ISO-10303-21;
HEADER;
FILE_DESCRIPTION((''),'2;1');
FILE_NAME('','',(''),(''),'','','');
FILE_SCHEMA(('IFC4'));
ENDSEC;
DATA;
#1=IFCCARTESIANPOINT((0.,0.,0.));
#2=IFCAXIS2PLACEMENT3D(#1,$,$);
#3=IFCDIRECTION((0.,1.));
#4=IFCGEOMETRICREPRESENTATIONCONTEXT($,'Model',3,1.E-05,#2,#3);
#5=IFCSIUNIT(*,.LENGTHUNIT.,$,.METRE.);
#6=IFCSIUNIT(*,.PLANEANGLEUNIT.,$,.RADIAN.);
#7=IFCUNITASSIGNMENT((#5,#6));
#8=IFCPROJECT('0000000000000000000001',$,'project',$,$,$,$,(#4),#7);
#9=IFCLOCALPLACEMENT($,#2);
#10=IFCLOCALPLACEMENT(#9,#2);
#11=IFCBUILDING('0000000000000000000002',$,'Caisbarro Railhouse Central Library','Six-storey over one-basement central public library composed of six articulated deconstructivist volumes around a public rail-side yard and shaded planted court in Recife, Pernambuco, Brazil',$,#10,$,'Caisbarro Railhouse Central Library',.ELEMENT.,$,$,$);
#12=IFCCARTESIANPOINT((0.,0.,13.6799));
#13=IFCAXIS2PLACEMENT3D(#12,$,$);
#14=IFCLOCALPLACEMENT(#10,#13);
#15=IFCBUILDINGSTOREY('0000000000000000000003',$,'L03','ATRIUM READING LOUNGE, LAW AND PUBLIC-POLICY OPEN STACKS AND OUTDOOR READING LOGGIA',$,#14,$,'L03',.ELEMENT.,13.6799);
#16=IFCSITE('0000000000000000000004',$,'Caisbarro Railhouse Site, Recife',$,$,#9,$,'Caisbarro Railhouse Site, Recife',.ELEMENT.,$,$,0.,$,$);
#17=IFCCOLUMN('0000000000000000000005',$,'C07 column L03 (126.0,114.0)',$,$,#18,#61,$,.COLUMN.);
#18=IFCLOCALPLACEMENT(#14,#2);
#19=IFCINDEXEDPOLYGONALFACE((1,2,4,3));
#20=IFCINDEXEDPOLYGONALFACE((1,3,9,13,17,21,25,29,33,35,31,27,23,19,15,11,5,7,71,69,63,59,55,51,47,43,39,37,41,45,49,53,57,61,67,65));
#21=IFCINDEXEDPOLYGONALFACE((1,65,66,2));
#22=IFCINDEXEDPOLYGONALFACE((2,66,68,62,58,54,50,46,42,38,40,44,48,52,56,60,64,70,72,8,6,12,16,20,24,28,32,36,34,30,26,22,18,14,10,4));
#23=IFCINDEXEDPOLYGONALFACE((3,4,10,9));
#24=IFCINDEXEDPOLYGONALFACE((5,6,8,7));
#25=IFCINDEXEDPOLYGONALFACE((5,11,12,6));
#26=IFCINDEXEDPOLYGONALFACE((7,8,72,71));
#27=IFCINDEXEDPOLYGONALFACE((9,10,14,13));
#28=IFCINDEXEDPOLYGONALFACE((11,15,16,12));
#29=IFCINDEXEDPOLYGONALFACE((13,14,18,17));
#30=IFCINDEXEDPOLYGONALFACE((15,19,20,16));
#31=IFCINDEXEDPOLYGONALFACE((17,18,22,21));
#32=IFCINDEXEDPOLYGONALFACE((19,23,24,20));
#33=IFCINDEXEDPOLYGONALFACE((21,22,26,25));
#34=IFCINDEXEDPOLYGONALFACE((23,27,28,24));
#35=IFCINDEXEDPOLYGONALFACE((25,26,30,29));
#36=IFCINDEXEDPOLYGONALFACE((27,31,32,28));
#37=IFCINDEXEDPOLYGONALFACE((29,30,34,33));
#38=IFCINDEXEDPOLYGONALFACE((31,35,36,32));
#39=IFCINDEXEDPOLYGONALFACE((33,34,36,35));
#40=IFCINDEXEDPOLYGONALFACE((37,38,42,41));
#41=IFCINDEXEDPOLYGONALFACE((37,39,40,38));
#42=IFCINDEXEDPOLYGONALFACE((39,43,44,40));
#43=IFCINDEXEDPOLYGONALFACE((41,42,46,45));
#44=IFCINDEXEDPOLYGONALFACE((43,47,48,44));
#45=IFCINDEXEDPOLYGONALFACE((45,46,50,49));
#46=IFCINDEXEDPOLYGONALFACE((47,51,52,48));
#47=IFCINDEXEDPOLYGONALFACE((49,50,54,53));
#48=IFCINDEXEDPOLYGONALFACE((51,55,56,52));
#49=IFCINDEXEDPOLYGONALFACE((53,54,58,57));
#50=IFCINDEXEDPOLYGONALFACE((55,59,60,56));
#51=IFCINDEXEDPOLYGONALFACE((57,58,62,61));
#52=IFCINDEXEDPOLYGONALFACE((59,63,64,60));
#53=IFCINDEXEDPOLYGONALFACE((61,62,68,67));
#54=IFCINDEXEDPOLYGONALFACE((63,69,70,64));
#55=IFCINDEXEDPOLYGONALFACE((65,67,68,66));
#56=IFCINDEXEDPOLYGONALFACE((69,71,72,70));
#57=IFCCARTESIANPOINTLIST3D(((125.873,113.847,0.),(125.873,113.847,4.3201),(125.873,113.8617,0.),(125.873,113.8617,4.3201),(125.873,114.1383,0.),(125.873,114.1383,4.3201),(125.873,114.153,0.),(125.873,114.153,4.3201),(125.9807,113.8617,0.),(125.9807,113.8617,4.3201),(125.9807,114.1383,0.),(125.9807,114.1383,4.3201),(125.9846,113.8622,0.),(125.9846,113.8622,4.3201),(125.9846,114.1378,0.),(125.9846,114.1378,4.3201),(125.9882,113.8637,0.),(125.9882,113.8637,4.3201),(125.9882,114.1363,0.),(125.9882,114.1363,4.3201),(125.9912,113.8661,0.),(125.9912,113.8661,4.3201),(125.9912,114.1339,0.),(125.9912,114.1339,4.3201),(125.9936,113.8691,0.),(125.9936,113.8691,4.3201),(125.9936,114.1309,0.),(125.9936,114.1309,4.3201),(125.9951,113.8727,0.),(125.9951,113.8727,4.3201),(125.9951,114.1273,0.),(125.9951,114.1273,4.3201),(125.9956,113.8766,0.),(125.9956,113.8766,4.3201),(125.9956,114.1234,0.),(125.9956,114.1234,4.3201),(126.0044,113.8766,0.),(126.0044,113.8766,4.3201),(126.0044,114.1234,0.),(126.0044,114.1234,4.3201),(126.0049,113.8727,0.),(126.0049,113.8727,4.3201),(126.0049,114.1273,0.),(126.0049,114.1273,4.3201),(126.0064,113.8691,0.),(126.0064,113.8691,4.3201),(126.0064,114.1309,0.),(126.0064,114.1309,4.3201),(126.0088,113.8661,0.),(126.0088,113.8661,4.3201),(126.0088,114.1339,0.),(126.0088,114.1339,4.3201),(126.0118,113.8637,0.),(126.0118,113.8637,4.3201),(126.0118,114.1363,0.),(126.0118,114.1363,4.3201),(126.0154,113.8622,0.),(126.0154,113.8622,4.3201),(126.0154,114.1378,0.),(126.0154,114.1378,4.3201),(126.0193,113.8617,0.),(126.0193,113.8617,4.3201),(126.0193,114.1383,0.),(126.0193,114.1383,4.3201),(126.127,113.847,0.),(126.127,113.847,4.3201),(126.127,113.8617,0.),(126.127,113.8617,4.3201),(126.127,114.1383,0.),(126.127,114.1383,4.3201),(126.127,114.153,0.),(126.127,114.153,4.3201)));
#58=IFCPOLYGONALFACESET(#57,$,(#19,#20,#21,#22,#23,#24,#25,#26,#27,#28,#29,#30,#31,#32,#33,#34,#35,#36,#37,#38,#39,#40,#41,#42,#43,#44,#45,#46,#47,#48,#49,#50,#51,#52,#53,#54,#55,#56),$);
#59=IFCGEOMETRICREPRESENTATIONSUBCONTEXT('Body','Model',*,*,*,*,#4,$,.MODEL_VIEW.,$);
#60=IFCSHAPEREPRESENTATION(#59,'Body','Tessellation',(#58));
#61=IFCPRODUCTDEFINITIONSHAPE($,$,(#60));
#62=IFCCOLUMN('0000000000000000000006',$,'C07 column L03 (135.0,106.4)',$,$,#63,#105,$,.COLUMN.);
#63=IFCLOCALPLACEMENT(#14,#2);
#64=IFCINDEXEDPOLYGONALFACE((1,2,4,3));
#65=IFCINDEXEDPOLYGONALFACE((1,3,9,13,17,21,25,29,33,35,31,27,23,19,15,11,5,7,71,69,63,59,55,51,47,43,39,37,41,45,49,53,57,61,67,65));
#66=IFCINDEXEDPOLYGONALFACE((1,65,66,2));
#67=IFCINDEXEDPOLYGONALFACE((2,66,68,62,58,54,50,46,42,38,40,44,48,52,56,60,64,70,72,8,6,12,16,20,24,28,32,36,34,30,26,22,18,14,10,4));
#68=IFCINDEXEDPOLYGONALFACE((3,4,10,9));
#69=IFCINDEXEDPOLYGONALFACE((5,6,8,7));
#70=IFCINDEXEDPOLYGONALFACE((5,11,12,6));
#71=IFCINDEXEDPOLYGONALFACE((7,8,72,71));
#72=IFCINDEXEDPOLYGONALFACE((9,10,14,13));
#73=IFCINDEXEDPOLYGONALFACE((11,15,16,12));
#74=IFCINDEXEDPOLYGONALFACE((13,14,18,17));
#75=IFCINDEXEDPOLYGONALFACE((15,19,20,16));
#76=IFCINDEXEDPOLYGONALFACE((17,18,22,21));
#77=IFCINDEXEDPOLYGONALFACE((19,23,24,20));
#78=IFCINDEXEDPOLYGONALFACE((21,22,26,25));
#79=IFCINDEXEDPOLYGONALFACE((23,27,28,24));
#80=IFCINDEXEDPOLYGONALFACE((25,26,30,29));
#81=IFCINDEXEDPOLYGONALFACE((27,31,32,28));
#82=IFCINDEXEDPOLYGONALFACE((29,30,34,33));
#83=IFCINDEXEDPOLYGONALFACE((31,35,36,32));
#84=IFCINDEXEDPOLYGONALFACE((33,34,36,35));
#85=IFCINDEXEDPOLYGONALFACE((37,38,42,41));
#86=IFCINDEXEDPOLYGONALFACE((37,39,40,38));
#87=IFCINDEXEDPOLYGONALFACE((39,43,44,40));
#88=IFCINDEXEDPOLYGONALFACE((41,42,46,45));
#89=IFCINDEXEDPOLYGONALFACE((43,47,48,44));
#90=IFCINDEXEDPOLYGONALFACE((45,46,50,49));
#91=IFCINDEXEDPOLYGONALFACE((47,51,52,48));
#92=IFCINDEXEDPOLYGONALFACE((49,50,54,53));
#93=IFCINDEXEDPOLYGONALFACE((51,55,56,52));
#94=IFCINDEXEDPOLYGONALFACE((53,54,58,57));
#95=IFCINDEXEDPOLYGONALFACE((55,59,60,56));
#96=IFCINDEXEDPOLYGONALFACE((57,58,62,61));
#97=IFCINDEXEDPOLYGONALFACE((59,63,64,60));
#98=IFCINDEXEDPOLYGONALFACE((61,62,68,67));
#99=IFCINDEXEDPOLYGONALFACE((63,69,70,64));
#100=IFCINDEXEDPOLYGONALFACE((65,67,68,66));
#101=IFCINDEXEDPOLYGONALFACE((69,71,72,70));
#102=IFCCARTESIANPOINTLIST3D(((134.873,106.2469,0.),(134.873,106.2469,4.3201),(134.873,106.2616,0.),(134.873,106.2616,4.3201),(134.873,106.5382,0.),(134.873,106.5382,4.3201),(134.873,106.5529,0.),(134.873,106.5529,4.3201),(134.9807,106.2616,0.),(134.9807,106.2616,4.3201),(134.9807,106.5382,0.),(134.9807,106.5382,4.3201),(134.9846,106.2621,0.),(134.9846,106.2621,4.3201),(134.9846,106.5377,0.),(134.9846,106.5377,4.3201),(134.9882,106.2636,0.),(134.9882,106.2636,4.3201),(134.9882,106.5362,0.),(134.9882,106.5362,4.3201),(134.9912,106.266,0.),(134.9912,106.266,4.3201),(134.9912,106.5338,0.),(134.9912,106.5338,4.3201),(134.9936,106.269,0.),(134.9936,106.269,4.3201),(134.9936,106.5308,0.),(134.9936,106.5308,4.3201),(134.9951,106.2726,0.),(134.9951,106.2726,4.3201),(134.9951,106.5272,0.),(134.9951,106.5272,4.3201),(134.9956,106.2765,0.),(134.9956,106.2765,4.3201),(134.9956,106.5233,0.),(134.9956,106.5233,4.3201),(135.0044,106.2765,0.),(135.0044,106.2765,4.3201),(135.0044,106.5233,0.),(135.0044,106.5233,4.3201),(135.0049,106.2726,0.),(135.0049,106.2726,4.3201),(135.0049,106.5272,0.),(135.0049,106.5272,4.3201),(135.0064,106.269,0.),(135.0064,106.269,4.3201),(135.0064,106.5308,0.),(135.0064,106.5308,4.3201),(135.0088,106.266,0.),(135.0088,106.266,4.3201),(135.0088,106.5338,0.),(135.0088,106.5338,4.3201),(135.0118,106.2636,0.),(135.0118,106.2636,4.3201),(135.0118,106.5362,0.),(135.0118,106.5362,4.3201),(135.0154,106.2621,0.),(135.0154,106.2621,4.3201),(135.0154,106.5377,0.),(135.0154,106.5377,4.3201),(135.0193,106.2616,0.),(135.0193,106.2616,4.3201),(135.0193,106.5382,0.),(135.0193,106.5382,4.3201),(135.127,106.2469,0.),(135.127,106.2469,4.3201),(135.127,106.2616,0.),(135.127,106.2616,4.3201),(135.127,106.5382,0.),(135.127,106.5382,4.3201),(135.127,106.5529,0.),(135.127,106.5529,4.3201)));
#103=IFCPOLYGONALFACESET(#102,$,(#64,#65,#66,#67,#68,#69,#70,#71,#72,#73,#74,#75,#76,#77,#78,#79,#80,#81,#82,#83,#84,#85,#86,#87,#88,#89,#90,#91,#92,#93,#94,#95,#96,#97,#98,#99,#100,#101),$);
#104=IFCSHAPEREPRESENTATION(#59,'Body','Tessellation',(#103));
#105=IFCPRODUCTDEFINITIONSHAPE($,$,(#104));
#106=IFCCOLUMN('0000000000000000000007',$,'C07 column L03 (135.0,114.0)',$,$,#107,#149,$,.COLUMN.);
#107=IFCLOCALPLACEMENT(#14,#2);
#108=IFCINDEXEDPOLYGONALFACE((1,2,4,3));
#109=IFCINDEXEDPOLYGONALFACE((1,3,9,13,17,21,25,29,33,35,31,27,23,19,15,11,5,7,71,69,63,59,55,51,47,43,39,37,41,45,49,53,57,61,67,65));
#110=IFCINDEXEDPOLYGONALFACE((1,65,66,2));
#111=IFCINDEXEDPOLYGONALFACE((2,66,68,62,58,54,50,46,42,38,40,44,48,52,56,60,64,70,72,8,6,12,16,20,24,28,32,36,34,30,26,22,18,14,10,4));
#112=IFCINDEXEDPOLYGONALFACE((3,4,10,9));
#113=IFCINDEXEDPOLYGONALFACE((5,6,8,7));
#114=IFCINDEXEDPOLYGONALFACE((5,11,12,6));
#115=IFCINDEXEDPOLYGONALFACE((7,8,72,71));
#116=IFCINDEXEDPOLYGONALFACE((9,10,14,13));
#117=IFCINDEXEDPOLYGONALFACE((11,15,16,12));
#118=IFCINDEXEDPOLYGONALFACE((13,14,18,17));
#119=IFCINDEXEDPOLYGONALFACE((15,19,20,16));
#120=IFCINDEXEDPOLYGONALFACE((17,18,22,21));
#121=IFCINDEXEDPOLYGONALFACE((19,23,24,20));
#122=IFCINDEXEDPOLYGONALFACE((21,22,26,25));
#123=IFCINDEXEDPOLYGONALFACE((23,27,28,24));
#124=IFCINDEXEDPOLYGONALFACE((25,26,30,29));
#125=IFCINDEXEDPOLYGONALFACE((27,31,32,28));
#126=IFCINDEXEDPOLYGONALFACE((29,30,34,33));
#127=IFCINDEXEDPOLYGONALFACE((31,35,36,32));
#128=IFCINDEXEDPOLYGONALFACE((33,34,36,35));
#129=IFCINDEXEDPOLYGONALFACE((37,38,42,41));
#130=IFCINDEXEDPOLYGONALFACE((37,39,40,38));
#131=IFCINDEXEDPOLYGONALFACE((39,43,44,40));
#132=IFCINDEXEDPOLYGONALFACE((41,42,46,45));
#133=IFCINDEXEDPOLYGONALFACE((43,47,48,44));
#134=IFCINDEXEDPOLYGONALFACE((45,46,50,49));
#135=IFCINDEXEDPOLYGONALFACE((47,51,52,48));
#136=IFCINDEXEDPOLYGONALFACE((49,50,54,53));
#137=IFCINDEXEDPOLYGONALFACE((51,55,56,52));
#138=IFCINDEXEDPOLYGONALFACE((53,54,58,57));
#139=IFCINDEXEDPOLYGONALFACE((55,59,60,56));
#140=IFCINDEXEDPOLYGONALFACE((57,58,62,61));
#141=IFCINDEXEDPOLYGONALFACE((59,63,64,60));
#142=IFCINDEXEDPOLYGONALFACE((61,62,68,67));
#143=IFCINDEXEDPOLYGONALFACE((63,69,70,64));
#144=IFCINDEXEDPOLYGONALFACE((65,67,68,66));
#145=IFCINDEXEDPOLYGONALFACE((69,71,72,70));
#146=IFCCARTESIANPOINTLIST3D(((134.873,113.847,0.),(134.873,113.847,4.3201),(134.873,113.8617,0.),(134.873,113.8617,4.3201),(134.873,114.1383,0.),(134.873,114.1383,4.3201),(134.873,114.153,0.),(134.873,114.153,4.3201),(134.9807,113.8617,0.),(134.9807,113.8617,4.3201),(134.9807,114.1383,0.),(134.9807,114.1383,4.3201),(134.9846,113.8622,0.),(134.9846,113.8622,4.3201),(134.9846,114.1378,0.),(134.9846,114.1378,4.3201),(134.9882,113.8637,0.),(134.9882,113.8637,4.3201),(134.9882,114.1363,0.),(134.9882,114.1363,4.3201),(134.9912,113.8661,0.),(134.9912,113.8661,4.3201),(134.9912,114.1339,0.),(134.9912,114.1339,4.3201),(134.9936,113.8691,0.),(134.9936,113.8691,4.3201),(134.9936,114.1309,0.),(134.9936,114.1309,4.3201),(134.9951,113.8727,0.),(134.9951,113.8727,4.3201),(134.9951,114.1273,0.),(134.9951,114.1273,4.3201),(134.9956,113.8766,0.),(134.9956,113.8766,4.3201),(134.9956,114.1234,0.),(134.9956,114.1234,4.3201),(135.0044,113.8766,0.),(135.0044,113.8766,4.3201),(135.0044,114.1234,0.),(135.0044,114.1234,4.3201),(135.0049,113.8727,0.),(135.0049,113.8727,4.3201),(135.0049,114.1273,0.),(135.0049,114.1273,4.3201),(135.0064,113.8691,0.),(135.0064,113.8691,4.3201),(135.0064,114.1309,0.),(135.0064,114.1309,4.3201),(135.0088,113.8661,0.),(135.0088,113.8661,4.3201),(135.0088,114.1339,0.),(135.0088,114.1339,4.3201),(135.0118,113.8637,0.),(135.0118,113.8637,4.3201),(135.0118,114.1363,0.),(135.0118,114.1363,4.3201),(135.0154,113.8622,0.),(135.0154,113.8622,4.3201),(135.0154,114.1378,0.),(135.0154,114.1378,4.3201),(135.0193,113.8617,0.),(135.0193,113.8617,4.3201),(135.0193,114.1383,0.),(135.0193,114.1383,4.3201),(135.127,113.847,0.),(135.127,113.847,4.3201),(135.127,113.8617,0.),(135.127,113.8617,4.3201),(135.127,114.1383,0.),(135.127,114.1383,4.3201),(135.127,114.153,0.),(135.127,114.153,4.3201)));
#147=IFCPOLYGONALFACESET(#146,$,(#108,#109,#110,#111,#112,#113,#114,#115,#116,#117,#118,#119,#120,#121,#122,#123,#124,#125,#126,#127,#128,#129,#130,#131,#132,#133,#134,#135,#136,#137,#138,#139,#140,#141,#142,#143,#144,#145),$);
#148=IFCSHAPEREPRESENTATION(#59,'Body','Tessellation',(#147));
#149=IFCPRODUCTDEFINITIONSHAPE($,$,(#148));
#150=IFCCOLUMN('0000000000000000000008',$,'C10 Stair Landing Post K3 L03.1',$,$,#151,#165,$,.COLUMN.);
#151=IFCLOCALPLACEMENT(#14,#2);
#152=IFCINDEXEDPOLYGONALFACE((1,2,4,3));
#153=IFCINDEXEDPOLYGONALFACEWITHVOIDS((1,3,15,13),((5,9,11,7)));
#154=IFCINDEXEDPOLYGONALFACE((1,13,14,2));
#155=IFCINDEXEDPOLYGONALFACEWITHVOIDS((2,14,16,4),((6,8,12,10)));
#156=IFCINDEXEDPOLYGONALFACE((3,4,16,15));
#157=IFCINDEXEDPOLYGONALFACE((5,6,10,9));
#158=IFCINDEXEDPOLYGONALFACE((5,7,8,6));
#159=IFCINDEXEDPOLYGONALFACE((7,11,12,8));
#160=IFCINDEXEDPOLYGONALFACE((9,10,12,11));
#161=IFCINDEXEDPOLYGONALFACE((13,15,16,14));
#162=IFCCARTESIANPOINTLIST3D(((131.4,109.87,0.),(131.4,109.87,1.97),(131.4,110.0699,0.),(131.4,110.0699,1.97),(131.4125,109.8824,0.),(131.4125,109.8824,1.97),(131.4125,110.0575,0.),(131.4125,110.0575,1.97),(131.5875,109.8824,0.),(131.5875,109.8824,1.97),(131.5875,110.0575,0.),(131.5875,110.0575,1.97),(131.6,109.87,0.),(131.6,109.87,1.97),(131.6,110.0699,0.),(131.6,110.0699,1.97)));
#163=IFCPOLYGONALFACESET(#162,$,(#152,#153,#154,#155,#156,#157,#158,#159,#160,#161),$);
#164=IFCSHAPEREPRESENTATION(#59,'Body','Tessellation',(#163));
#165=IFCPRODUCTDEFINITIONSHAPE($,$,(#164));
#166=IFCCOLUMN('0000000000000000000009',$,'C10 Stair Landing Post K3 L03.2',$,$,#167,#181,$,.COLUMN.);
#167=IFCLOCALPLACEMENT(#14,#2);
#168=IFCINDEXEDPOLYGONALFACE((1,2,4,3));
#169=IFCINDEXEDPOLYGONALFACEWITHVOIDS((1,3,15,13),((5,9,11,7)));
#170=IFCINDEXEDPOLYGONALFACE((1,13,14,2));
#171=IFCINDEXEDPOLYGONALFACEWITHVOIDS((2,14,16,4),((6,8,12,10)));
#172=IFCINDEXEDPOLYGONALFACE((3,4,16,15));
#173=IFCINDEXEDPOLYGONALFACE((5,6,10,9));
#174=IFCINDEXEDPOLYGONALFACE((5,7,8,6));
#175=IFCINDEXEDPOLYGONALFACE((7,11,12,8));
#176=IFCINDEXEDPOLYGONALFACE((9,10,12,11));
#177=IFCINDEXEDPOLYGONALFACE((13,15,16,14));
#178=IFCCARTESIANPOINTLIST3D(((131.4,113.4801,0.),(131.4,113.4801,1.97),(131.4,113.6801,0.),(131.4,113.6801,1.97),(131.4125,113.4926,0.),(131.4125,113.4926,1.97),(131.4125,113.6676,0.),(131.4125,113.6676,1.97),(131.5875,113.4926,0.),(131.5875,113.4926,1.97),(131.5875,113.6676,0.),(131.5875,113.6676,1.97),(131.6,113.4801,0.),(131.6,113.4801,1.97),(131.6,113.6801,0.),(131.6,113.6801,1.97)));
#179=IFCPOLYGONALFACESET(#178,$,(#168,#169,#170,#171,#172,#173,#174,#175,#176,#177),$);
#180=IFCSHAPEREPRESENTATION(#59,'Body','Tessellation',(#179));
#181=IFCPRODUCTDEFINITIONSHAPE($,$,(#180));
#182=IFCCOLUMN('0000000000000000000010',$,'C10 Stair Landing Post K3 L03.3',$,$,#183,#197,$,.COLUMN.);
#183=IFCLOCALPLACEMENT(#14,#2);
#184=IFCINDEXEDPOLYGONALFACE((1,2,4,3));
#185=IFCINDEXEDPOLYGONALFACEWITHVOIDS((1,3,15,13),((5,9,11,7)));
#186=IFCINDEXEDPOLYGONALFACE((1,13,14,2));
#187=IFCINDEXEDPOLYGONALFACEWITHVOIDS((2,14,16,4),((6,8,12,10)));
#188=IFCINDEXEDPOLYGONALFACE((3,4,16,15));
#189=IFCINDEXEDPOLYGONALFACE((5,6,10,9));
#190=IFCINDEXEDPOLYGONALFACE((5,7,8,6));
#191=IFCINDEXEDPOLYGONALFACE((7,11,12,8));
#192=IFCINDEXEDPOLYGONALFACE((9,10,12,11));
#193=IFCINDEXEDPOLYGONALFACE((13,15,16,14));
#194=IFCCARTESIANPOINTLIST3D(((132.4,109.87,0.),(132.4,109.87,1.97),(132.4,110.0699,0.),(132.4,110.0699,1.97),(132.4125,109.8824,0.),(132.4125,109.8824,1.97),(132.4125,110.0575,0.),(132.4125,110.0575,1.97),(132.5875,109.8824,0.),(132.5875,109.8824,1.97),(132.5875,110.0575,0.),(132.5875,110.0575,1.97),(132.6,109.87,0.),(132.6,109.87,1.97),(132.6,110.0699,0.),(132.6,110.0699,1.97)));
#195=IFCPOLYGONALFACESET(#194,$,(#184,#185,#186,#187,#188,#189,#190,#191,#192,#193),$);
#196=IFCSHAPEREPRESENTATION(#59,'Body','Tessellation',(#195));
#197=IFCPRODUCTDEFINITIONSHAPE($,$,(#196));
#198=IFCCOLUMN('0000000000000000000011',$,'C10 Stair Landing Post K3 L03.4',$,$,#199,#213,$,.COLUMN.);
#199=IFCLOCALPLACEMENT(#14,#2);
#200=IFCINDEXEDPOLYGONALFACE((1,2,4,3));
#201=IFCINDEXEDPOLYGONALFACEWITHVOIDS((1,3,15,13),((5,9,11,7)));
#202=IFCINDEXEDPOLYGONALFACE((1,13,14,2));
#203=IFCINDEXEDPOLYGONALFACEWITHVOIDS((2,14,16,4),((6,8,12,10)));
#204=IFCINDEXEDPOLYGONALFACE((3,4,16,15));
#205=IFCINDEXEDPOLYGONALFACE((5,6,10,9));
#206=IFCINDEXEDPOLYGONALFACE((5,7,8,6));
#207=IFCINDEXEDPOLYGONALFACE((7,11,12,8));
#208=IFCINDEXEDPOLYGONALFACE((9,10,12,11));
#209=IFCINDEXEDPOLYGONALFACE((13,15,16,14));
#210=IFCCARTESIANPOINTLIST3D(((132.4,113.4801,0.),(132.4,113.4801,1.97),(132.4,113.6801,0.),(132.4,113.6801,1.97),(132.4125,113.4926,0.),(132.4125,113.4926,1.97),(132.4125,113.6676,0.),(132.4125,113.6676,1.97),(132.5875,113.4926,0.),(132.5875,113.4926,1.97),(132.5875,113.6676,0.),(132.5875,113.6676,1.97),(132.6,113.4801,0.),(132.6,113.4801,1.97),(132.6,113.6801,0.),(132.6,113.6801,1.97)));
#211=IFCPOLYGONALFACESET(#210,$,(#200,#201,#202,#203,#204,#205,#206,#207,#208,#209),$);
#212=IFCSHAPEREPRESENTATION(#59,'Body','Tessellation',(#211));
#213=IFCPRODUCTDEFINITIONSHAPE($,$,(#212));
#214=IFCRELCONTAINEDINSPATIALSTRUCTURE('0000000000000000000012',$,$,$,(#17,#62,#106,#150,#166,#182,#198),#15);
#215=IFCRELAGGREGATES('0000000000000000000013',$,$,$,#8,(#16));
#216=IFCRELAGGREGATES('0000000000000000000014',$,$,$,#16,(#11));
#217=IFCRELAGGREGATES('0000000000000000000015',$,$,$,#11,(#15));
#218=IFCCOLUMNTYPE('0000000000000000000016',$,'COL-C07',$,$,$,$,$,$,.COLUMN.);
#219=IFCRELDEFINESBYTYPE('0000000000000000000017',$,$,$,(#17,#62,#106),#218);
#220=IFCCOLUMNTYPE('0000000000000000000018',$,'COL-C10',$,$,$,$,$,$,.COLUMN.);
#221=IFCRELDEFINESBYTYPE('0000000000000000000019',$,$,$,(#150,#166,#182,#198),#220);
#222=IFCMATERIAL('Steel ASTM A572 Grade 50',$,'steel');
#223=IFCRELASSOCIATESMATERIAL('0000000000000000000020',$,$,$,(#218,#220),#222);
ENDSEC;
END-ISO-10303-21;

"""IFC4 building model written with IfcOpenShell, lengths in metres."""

from ifc_helpers import new_model, si_unit, direction, frame, origin, origin_2d, place, context, subcontext, project, spatial, hollow_rectangle, i_section, extrude, material, material_profile, profile_set, type_object, element, save


model = new_model("IFC4")

# Units and contexts
model_context = context("Model", 3, precision=1e-05, world=origin(), true_north=direction((0.0, 1.0)))
body_context = subcontext(model_context, "Body", "Model", "MODEL_VIEW")
ifc_project = project(units=[si_unit("LENGTHUNIT", "METRE"), si_unit("PLANEANGLEUNIT", "RADIAN")], contexts=[model_context])

# Site, building, storey
site_placement = place(None, origin())
site = spatial("IfcSite", under=ifc_project, at=site_placement, Name="Caisbarro Railhouse Site, Recife", LongName="Caisbarro Railhouse Site, Recife", CompositionType="ELEMENT", RefElevation=0.0)
building_placement = place(site_placement, origin())
building = spatial("IfcBuilding", under=site, at=building_placement, Name="Caisbarro Railhouse Central Library", Description="Six-storey over one-basement central public library composed of six articulated deconstructivist volumes around a public rail-side yard and shaded planted court in Recife, Pernambuco, Brazil", LongName="Caisbarro Railhouse Central Library", CompositionType="ELEMENT")
storey_placement = place(building_placement, frame((0.0, 0.0, 13.6799)))
storey = spatial("IfcBuildingStorey", under=building, at=storey_placement, Name="L03", Description="ATRIUM READING LOUNGE, LAW AND PUBLIC-POLICY OPEN STACKS AND OUTDOOR READING LOGGIA", LongName="L03", CompositionType="ELEMENT", Elevation=13.6799)

# Columns
ifc_material_1 = material(Name="Steel ASTM A572 Grade 50", Category="steel")
ifc_material_profile_1 = material_profile(ifc_material_1, i_section(OverallWidth=0.2539, OverallDepth=0.3059, WebThickness=0.0088, FlangeThickness=0.0146, FilletRadius=0.0149, at=origin_2d()), Name="W310X79.0")
ifc_profile_set_1 = profile_set([ifc_material_profile_1], Name="Steel ASTM A572 Grade 50")
column_type_1 = type_object("IfcColumnType", Name="COL-C07", PredefinedType="COLUMN", material=ifc_profile_set_1)
for number, where, z_axis, x_axis, name in (
    (1, (126.0, 114.0, 0.0), (0.0, 0.0, 1.0), (1.0, 0.0, 0.0), "C07 column L03 (126.0,114.0)"),
    (2, (135.0, 106.3999, 0.0), (0.0, 0.0, 1.0), (1.0, 0.0, 0.0), "C07 column L03 (135.0,106.4)"),
    (3, (135.0, 114.0, 0.0), (0.0, 0.0, 1.0), (1.0, 0.0, 0.0), "C07 column L03 (135.0,114.0)"),
):
    element("IfcColumn", number, at=place(storey_placement, frame(where, z_axis=z_axis, x_axis=x_axis)), inside=storey, type_object=column_type_1, Name=name, PredefinedType="COLUMN", context=body_context, shape_type="SweptSolid", body=[
        extrude(i_section(OverallWidth=0.2539, OverallDepth=0.3059, WebThickness=0.0088, FlangeThickness=0.0146, FilletRadius=0.0149, at=origin_2d()), origin(), (0.0, 0.0, 1.0), 4.3201),
    ])
ifc_material_profile_2 = material_profile(ifc_material_1, hollow_rectangle(XDim=0.2, YDim=0.2, WallThickness=0.0125, at=origin_2d()), Name="HSS200X200X12.5")
ifc_profile_set_2 = profile_set([ifc_material_profile_2], Name="Steel ASTM A572 Grade 50")
column_type_2 = type_object("IfcColumnType", Name="COL-C10", PredefinedType="COLUMN", material=ifc_profile_set_2)
for number, where, z_axis, x_axis, name in (
    (4, (131.5, 109.97, 0.0), (0.0, 0.0, 1.0), (1.0, 0.0, 0.0), "C10 Stair Landing Post K3 L03.1"),
    (5, (131.5, 113.5801, 0.0), (0.0, 0.0, 1.0), (1.0, 0.0, 0.0), "C10 Stair Landing Post K3 L03.2"),
    (6, (132.5, 109.97, 0.0), (0.0, 0.0, 1.0), (1.0, 0.0, 0.0), "C10 Stair Landing Post K3 L03.3"),
    (7, (132.5, 113.5801, 0.0), (0.0, 0.0, 1.0), (1.0, 0.0, 0.0), "C10 Stair Landing Post K3 L03.4"),
):
    element("IfcColumn", number, at=place(storey_placement, frame(where, z_axis=z_axis, x_axis=x_axis)), inside=storey, type_object=column_type_2, Name=name, PredefinedType="COLUMN", context=body_context, shape_type="SweptSolid", body=[
        extrude(hollow_rectangle(XDim=0.2, YDim=0.2, WallThickness=0.0125, at=origin_2d()), origin(), (0.0, 0.0, 1.0), 1.97),
    ])

save(model, "model.ifc")
